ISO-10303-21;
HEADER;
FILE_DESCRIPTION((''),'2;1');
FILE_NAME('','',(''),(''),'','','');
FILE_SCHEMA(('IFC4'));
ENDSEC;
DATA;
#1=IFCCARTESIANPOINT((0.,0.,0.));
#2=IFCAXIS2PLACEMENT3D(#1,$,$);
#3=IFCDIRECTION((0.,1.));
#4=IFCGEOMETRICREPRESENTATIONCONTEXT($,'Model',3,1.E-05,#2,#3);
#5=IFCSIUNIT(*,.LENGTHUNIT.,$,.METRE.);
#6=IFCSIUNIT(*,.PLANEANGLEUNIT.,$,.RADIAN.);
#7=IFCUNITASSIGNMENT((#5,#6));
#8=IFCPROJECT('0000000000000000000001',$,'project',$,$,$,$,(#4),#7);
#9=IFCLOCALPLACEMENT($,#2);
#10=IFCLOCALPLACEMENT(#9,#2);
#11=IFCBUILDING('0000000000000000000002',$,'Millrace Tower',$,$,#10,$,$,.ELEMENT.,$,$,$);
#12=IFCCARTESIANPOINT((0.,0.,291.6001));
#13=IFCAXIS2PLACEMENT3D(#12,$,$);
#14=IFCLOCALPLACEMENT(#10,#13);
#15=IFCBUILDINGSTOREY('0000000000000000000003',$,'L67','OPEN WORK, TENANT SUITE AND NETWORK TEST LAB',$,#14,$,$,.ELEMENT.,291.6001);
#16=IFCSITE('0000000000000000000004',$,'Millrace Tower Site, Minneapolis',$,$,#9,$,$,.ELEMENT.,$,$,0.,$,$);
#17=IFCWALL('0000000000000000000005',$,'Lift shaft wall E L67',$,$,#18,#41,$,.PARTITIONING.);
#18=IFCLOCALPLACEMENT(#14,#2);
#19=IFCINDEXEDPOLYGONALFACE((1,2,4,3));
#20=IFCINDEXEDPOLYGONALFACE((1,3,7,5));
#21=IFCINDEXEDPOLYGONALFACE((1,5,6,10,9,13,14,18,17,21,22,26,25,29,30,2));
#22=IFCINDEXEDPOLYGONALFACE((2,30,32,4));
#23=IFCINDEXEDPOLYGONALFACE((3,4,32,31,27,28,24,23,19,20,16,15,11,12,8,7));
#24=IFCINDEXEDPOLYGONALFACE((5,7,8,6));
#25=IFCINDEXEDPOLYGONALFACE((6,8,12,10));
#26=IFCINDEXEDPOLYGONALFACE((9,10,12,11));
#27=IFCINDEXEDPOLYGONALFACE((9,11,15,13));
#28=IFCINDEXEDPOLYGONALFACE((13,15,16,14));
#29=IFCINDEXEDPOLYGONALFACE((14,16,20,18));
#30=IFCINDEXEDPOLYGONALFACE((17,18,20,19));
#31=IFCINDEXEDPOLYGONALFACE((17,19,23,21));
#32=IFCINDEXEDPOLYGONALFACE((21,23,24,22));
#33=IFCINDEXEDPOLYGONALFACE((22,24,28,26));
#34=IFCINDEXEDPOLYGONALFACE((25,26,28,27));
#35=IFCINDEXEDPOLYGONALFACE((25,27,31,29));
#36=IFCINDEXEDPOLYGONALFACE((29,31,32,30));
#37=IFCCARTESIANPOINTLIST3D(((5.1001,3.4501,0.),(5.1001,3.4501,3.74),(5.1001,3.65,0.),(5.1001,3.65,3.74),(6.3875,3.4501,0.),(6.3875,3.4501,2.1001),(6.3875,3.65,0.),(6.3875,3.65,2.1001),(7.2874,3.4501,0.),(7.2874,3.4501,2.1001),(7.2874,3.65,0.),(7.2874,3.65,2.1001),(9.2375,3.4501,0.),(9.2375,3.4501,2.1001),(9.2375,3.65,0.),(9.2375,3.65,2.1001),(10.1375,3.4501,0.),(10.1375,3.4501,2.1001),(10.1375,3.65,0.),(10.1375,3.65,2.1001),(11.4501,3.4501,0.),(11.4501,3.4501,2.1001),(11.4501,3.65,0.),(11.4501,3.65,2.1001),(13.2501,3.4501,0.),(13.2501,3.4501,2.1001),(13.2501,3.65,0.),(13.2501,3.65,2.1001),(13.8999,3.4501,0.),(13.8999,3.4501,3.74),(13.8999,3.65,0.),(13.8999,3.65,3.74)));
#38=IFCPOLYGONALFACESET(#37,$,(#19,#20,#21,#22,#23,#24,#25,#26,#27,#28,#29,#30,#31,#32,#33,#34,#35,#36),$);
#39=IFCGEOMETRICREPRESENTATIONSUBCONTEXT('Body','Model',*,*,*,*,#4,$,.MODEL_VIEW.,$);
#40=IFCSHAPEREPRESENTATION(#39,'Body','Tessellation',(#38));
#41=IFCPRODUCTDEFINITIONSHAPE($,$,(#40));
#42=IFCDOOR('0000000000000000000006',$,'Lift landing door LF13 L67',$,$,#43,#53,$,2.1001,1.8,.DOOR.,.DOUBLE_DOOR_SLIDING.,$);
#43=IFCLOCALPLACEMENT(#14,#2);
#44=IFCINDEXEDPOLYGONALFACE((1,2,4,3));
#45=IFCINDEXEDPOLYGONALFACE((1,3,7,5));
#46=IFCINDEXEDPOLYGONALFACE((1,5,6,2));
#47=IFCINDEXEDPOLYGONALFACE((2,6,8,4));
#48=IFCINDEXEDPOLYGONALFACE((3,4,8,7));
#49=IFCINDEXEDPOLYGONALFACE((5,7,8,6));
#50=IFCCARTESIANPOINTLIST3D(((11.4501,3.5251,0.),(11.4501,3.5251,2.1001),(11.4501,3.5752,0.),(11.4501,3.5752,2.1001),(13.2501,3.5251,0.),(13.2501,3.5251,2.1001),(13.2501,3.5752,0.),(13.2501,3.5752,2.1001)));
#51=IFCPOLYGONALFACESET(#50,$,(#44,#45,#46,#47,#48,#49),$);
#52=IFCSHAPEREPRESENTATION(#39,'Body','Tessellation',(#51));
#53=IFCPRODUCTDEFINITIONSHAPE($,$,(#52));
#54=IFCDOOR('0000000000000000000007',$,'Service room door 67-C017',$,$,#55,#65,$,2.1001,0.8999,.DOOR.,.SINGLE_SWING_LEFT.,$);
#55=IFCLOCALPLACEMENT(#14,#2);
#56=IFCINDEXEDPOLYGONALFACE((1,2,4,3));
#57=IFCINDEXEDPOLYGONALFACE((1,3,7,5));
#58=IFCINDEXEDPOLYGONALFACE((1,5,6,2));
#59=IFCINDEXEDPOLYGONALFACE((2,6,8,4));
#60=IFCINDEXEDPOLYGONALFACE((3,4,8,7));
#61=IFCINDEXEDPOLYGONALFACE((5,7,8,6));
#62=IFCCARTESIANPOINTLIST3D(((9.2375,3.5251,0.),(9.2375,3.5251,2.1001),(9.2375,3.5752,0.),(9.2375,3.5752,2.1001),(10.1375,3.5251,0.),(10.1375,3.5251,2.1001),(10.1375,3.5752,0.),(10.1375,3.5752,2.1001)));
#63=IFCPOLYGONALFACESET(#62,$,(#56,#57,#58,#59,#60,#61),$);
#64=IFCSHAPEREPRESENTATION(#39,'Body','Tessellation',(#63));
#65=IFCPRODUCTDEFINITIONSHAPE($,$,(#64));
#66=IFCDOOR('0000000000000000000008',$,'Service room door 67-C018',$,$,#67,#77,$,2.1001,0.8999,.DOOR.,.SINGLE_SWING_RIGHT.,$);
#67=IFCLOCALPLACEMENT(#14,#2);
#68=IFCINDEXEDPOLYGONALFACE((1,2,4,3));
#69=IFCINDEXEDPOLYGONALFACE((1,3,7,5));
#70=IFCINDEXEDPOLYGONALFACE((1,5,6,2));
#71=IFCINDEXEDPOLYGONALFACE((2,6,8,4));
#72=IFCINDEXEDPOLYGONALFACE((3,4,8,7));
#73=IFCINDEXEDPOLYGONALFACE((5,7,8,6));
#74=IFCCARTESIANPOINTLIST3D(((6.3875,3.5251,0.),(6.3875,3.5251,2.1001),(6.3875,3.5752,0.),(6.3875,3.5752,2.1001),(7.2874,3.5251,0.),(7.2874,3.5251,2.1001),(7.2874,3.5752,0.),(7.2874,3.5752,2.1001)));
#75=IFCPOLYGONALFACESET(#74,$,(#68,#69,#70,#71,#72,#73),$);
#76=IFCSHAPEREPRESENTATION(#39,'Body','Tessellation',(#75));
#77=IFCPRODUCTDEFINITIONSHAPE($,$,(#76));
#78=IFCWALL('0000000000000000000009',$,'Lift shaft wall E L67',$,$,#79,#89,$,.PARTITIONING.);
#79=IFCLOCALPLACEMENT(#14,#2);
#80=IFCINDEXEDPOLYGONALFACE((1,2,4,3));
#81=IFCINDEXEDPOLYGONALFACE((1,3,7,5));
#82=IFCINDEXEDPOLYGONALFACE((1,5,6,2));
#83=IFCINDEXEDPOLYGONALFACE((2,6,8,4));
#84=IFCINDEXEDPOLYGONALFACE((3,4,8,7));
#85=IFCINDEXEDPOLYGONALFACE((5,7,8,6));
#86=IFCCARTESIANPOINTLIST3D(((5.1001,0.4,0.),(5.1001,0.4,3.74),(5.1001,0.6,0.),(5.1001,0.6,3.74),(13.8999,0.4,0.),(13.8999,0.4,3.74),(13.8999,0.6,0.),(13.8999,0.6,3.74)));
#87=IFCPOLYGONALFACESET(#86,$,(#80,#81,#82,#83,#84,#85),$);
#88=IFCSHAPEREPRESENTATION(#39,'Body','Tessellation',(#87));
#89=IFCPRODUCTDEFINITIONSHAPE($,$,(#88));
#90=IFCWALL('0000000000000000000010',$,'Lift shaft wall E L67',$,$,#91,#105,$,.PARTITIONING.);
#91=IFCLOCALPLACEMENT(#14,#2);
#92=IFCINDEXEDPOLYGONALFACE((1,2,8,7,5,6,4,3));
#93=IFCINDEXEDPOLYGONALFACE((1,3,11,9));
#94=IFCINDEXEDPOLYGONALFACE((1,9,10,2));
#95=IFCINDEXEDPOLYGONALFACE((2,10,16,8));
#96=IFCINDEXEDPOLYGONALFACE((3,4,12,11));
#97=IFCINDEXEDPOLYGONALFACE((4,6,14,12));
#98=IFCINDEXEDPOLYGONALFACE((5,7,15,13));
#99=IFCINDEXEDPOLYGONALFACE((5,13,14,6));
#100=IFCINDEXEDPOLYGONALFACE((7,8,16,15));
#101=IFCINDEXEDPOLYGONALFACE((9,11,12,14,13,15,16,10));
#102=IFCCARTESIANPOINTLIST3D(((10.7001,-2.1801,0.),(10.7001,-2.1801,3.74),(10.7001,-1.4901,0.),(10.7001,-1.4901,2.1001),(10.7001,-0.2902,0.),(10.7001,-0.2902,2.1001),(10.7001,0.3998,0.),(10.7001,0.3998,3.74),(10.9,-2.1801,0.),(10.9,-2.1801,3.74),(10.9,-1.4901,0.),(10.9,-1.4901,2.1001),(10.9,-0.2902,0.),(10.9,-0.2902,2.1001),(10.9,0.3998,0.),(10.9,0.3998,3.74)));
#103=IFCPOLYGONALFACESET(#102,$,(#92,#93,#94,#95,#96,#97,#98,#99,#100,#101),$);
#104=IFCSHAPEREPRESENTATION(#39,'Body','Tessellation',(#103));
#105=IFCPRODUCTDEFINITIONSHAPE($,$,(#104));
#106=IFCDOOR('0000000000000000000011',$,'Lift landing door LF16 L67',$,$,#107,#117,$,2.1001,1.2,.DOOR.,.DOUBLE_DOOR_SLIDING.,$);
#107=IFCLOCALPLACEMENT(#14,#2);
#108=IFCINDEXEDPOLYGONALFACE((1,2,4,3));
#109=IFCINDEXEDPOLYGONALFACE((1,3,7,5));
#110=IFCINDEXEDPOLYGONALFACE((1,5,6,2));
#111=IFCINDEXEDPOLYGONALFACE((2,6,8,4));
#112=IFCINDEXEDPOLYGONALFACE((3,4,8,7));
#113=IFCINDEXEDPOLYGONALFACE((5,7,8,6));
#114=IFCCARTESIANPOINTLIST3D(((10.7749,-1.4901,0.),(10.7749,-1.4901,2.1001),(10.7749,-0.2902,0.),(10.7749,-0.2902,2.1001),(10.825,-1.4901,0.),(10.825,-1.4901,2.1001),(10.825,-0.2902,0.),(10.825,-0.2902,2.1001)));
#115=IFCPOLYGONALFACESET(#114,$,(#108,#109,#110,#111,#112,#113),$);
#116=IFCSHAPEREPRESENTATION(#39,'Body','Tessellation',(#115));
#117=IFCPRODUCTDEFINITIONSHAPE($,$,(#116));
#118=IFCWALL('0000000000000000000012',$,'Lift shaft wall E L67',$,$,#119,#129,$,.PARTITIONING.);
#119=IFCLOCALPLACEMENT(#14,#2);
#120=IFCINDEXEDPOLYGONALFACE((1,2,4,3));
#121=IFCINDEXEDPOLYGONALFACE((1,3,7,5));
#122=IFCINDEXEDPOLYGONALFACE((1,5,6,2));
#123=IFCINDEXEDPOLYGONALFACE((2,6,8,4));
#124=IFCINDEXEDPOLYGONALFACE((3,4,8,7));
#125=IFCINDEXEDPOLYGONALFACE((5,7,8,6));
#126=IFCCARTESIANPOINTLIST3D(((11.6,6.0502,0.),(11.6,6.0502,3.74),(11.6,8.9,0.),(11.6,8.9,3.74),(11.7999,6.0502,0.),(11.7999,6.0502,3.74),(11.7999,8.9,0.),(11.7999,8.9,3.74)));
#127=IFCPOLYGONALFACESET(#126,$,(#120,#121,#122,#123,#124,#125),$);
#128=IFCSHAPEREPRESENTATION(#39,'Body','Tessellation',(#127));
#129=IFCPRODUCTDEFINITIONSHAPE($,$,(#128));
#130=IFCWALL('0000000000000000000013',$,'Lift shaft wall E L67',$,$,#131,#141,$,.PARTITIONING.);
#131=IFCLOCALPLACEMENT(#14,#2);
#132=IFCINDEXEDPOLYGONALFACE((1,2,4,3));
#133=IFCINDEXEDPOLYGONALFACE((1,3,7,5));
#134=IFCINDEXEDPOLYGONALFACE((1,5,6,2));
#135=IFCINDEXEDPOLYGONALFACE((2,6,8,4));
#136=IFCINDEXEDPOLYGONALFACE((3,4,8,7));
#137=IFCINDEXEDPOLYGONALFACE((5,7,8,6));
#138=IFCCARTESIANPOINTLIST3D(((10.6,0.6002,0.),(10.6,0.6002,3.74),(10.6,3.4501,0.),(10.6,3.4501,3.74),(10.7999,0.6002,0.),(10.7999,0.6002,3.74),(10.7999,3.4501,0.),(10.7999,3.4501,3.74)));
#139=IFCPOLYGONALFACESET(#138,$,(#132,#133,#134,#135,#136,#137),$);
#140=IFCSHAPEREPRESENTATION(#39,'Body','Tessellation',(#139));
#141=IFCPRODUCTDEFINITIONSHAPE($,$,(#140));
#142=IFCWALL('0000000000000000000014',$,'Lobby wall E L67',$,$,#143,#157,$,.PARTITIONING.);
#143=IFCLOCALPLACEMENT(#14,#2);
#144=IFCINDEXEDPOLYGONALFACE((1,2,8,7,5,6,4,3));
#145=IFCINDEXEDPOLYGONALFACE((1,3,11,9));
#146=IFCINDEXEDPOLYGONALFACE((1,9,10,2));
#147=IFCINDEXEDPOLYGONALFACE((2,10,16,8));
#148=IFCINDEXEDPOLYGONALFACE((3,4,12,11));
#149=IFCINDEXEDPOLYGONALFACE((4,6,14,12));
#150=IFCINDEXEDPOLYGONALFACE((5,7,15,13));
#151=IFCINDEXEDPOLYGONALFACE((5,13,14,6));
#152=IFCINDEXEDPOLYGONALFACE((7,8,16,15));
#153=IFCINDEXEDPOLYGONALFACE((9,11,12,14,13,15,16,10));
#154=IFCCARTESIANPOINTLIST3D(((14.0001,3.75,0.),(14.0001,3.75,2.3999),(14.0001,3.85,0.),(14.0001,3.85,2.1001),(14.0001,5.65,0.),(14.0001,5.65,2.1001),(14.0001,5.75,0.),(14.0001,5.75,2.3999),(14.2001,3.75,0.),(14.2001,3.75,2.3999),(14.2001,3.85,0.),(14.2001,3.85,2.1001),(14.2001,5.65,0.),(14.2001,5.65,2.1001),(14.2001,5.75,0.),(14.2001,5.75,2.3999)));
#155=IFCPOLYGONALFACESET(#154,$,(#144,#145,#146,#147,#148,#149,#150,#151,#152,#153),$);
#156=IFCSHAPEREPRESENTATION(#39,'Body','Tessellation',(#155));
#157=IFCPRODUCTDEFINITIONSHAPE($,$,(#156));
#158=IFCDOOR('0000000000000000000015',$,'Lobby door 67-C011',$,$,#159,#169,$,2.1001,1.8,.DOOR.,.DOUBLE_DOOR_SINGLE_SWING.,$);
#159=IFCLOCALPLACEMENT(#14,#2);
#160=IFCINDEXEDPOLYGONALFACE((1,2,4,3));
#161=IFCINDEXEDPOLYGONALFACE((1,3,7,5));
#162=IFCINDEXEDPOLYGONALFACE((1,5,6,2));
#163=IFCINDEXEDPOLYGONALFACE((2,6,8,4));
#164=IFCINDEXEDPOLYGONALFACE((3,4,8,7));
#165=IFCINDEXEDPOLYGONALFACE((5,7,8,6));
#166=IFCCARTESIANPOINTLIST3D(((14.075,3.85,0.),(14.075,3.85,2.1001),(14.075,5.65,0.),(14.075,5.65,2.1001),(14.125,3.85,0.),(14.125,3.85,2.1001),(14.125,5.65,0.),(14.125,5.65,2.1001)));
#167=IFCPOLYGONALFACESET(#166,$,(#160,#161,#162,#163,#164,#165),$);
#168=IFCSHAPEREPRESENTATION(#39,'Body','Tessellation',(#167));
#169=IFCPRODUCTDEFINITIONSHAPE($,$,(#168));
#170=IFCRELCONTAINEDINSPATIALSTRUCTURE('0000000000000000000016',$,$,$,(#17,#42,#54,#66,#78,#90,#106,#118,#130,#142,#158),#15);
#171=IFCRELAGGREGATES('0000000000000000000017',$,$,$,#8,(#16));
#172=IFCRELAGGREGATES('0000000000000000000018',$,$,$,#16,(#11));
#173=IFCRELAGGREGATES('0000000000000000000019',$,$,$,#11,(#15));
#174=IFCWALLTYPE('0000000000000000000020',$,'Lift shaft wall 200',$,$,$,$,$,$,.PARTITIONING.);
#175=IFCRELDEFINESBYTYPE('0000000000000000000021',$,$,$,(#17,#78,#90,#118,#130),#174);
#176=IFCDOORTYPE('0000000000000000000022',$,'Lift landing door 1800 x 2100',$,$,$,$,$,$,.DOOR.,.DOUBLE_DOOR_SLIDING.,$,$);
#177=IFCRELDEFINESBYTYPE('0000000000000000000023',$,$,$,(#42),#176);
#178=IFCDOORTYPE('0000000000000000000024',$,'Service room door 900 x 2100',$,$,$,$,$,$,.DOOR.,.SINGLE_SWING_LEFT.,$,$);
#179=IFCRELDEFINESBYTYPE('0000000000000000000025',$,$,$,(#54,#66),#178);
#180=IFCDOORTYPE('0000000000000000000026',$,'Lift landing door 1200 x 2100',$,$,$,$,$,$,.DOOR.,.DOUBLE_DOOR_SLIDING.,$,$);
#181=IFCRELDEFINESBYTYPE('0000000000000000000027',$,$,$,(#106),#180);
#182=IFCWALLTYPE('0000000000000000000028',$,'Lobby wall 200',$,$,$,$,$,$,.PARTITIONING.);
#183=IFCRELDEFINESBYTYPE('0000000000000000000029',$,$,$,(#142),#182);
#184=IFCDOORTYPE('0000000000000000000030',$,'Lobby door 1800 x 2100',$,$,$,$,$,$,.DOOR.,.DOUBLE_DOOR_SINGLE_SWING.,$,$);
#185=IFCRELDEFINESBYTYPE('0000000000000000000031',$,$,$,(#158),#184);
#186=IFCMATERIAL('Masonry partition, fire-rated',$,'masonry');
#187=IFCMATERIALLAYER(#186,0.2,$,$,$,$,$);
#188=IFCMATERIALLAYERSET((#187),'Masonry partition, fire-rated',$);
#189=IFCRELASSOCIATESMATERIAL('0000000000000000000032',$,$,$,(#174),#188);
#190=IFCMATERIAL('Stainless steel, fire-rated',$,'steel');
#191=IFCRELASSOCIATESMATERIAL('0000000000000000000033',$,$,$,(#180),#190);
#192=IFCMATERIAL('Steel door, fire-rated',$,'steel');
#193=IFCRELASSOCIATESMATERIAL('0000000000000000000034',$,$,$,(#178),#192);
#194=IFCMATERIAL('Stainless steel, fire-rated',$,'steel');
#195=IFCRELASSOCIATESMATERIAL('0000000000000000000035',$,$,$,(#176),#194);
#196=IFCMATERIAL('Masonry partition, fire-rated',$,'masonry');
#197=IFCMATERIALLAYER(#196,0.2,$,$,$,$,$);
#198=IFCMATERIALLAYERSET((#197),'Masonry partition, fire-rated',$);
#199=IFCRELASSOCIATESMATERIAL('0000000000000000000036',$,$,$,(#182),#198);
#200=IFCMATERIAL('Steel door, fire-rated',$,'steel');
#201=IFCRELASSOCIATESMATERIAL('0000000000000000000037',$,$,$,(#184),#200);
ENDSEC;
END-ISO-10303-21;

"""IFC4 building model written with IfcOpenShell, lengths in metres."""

from ifc_helpers import new_model, si_unit, direction, frame, frame_2d, origin, place, context, subcontext, project, spatial, rectangle, extrude, material, layer, layer_set, type_object, element, fill, save


model = new_model("IFC4")

# Units and contexts
model_context = context("Model", 3, precision=1e-05, world=origin(), true_north=direction((0.0, 1.0)))
body_context = subcontext(model_context, "Body", "Model", "MODEL_VIEW")
ifc_project = project(units=[si_unit("LENGTHUNIT", "METRE"), si_unit("PLANEANGLEUNIT", "RADIAN")], contexts=[model_context])

# Site, building, storey
site_placement = place(None, origin())
site = spatial("IfcSite", under=ifc_project, at=site_placement, Name="Millrace Tower Site, Minneapolis", CompositionType="ELEMENT", RefElevation=0.0)
building_placement = place(site_placement, origin())
building = spatial("IfcBuilding", under=site, at=building_placement, Name="Millrace Tower", CompositionType="ELEMENT")
storey_placement = place(building_placement, frame((0.0, 0.0, 291.6001)))
storey = spatial("IfcBuildingStorey", under=building, at=storey_placement, Name="L67", Description="OPEN WORK, TENANT SUITE AND NETWORK TEST LAB", CompositionType="ELEMENT", Elevation=291.6001)

# Wall, openings, doors
ifc_material_1 = material(Name="Masonry partition, fire-rated", Category="masonry")
ifc_layer_1 = layer(ifc_material_1, 0.2)
ifc_layer_set_1 = layer_set([ifc_layer_1], Name="Masonry partition, fire-rated")
wall_type_1 = type_object("IfcWallType", Name="Lift shaft wall 200", PredefinedType="PARTITIONING", material=ifc_layer_set_1)
ifc_material_2 = material(Name="Stainless steel, fire-rated", Category="steel")
door_type_1 = type_object("IfcDoorType", Name="Lift landing door 1200 x 2100", OperationType="DOUBLE_DOOR_SLIDING", PredefinedType="DOOR", material=ifc_material_2)
ifc_material_3 = material(Name="Steel door, fire-rated", Category="steel")
door_type_2 = type_object("IfcDoorType", Name="Service room door 900 x 2100", OperationType="SINGLE_SWING_LEFT", PredefinedType="DOOR", material=ifc_material_3)
wall_1_placement = place(storey_placement, frame((13.8999, 3.55, 0.0), z_axis=(0.0, 0.0, 1.0), x_axis=(-1.0, 0.0, 0.0)))
wall_1 = element("IfcWall", 1, at=wall_1_placement, inside=storey, type_object=wall_type_1, Name="Lift shaft wall E L67", PredefinedType="PARTITIONING", context=body_context, shape_type="SweptSolid", body=[
    extrude(rectangle(XDim=8.7998, YDim=0.2, at=frame_2d((4.3999, 0.0))), origin(), (0.0, 0.0, 1.0), 3.74),
])
opening_1_placement = place(wall_1_placement, frame((0.6499, 0.0, 0.0)))
opening_1 = element("IfcOpeningElement", 2, at=opening_1_placement, cuts=wall_1, PredefinedType="OPENING", context=body_context, shape_type="SweptSolid", body=[
    extrude(rectangle(XDim=1.8, YDim=2.1001, at=frame_2d((0.8999, 1.05))), frame((0.0, 0.1099, 0.0), z_axis=(0.0, -1.0, 0.0), x_axis=(1.0, 0.0, 0.0)), (0.0, 0.0, 1.0), 0.22),
])
opening_2_placement = place(wall_1_placement, frame((3.7625, 0.0, 0.0)))
opening_2 = element("IfcOpeningElement", 3, at=opening_2_placement, cuts=wall_1, PredefinedType="OPENING", context=body_context, shape_type="SweptSolid", body=[
    extrude(rectangle(XDim=0.8999, YDim=2.1001, at=frame_2d((0.45, 1.05))), frame((0.0, 0.1099, 0.0), z_axis=(0.0, -1.0, 0.0), x_axis=(1.0, 0.0, 0.0)), (0.0, 0.0, 1.0), 0.22),
])
opening_3_placement = place(wall_1_placement, frame((6.6125, 0.0, 0.0)))
opening_3 = element("IfcOpeningElement", 4, at=opening_3_placement, cuts=wall_1, PredefinedType="OPENING", context=body_context, shape_type="SweptSolid", body=[
    extrude(rectangle(XDim=0.8999, YDim=2.1001, at=frame_2d((0.45, 1.05))), frame((0.0, 0.1099, 0.0), z_axis=(0.0, -1.0, 0.0), x_axis=(1.0, 0.0, 0.0)), (0.0, 0.0, 1.0), 0.22),
])
ifc_material_4 = material(Name="Stainless steel, fire-rated", Category="steel")
door_type_3 = type_object("IfcDoorType", Name="Lift landing door 1800 x 2100", OperationType="DOUBLE_DOOR_SLIDING", PredefinedType="DOOR", material=ifc_material_4)
door_1_placement = place(opening_1_placement, origin())
door_1 = element("IfcDoor", 5, at=door_1_placement, inside=storey, type_object=door_type_3, Name="Lift landing door LF13 L67", OperationType="DOUBLE_DOOR_SLIDING", OverallHeight=2.1001, OverallWidth=1.8, PredefinedType="DOOR", context=body_context, shape_type="SweptSolid", body=[
    extrude(rectangle(XDim=1.8, YDim=2.1001, at=frame_2d((0.8999, 1.05))), frame((0.0, 0.0249, 0.0), z_axis=(0.0, -1.0, 0.0), x_axis=(1.0, 0.0, 0.0)), (0.0, 0.0, 1.0), 0.05),
])
fill(opening_1, door_1)
door_2_placement = place(opening_2_placement, origin())
door_2 = element("IfcDoor", 6, at=door_2_placement, inside=storey, type_object=door_type_2, Name="Service room door 67-C017", OperationType="SINGLE_SWING_LEFT", OverallHeight=2.1001, OverallWidth=0.8999, PredefinedType="DOOR", context=body_context, shape_type="SweptSolid", body=[
    extrude(rectangle(XDim=0.8999, YDim=2.1001, at=frame_2d((0.45, 1.05))), frame((0.0, 0.0249, 0.0), z_axis=(0.0, -1.0, 0.0), x_axis=(1.0, 0.0, 0.0)), (0.0, 0.0, 1.0), 0.05),
])
fill(opening_2, door_2)
door_3_placement = place(opening_3_placement, origin())
door_3 = element("IfcDoor", 7, at=door_3_placement, inside=storey, type_object=door_type_2, Name="Service room door 67-C018", OperationType="SINGLE_SWING_RIGHT", OverallHeight=2.1001, OverallWidth=0.8999, PredefinedType="DOOR", context=body_context, shape_type="SweptSolid", body=[
    extrude(rectangle(XDim=0.8999, YDim=2.1001, at=frame_2d((0.45, 1.05))), frame((0.0, 0.0249, 0.0), z_axis=(0.0, -1.0, 0.0), x_axis=(1.0, 0.0, 0.0)), (0.0, 0.0, 1.0), 0.05),
])
fill(opening_3, door_3)

# Wall
wall_2_placement = place(storey_placement, frame((13.8999, 0.5, 0.0), z_axis=(0.0, 0.0, 1.0), x_axis=(-1.0, 0.0, 0.0)))
element("IfcWall", 8, at=wall_2_placement, inside=storey, type_object=wall_type_1, Name="Lift shaft wall E L67", PredefinedType="PARTITIONING", context=body_context, shape_type="SweptSolid", body=[
    extrude(rectangle(XDim=8.7998, YDim=0.2, at=frame_2d((4.3999, 0.0))), origin(), (0.0, 0.0, 1.0), 3.74),
])

# Wall, opening, door
wall_3_placement = place(storey_placement, frame((10.8, 0.3999, 0.0), z_axis=(0.0, 0.0, 1.0), x_axis=(0.0, -1.0, 0.0)))
wall_3 = element("IfcWall", 9, at=wall_3_placement, inside=storey, type_object=wall_type_1, Name="Lift shaft wall E L67", PredefinedType="PARTITIONING", context=body_context, shape_type="SweptSolid", body=[
    extrude(rectangle(XDim=2.5798, YDim=0.2, at=frame_2d((1.29, 0.0))), origin(), (0.0, 0.0, 1.0), 3.74),
])
opening_4_placement = place(wall_3_placement, frame((0.6899, 0.0, 0.0)))
opening_4 = element("IfcOpeningElement", 10, at=opening_4_placement, cuts=wall_3, PredefinedType="OPENING", context=body_context, shape_type="SweptSolid", body=[
    extrude(rectangle(XDim=1.2, YDim=2.1001, at=frame_2d((0.6001, 1.05))), frame((0.0, 0.1099, 0.0), z_axis=(0.0, -1.0, 0.0), x_axis=(1.0, 0.0, 0.0)), (0.0, 0.0, 1.0), 0.22),
])
door_4_placement = place(opening_4_placement, origin())
door_4 = element("IfcDoor", 11, at=door_4_placement, inside=storey, type_object=door_type_1, Name="Lift landing door LF16 L67", OperationType="DOUBLE_DOOR_SLIDING", OverallHeight=2.1001, OverallWidth=1.2, PredefinedType="DOOR", context=body_context, shape_type="SweptSolid", body=[
    extrude(rectangle(XDim=1.2, YDim=2.1001, at=frame_2d((0.6001, 1.05))), frame((0.0, 0.0249, 0.0), z_axis=(0.0, -1.0, 0.0), x_axis=(1.0, 0.0, 0.0)), (0.0, 0.0, 1.0), 0.05),
])
fill(opening_4, door_4)

# Walls
for number, where, z_axis, x_axis, name in (
    (12, (11.7, 8.8999, 0.0), (0.0, 0.0, 1.0), (0.0, -1.0, 0.0), "Lift shaft wall E L67"),
    (13, (10.7, 3.45, 0.0), (0.0, 0.0, 1.0), (0.0, -1.0, 0.0), "Lift shaft wall E L67"),
):
    element("IfcWall", number, at=place(storey_placement, frame(where, z_axis=z_axis, x_axis=x_axis)), inside=storey, type_object=wall_type_1, Name=name, PredefinedType="PARTITIONING", context=body_context, shape_type="SweptSolid", body=[
        extrude(rectangle(XDim=2.8499, YDim=0.2, at=frame_2d((1.4248, 0.0))), origin(), (0.0, 0.0, 1.0), 3.74),
    ])

# Wall, opening, door
ifc_material_5 = material(Name="Masonry partition, fire-rated", Category="masonry")
ifc_layer_2 = layer(ifc_material_5, 0.2)
ifc_layer_set_2 = layer_set([ifc_layer_2], Name="Masonry partition, fire-rated")
wall_type_2 = type_object("IfcWallType", Name="Lobby wall 200", PredefinedType="PARTITIONING", material=ifc_layer_set_2)
wall_4_placement = place(storey_placement, frame((14.1001, 5.75, 0.0), z_axis=(0.0, 0.0, 1.0), x_axis=(0.0, -1.0, 0.0)))
wall_4 = element("IfcWall", 14, at=wall_4_placement, inside=storey, type_object=wall_type_2, Name="Lobby wall E L67", PredefinedType="PARTITIONING", context=body_context, shape_type="SweptSolid", body=[
    extrude(rectangle(XDim=2.0, YDim=0.2, at=frame_2d((1.0, 0.0))), origin(), (0.0, 0.0, 1.0), 2.3999),
])
opening_5_placement = place(wall_4_placement, frame((0.1001, 0.0, 0.0)))
opening_5 = element("IfcOpeningElement", 15, at=opening_5_placement, cuts=wall_4, PredefinedType="OPENING", context=body_context, shape_type="SweptSolid", body=[
    extrude(rectangle(XDim=1.8, YDim=2.1001, at=frame_2d((0.8999, 1.05))), frame((0.0, 0.1099, 0.0), z_axis=(0.0, -1.0, 0.0), x_axis=(1.0, 0.0, 0.0)), (0.0, 0.0, 1.0), 0.22),
])
ifc_material_6 = material(Name="Steel door, fire-rated", Category="steel")
door_type_4 = type_object("IfcDoorType", Name="Lobby door 1800 x 2100", OperationType="DOUBLE_DOOR_SINGLE_SWING", PredefinedType="DOOR", material=ifc_material_6)
door_5_placement = place(opening_5_placement, origin())
door_5 = element("IfcDoor", 16, at=door_5_placement, inside=storey, type_object=door_type_4, Name="Lobby door 67-C011", OperationType="DOUBLE_DOOR_SINGLE_SWING", OverallHeight=2.1001, OverallWidth=1.8, PredefinedType="DOOR", context=body_context, shape_type="SweptSolid", body=[
    extrude(rectangle(XDim=1.8, YDim=2.1001, at=frame_2d((0.8999, 1.05))), frame((0.0, 0.0249, 0.0), z_axis=(0.0, -1.0, 0.0), x_axis=(1.0, 0.0, 0.0)), (0.0, 0.0, 1.0), 0.05),
])
fill(opening_5, door_5)

save(model, "model.ifc")
